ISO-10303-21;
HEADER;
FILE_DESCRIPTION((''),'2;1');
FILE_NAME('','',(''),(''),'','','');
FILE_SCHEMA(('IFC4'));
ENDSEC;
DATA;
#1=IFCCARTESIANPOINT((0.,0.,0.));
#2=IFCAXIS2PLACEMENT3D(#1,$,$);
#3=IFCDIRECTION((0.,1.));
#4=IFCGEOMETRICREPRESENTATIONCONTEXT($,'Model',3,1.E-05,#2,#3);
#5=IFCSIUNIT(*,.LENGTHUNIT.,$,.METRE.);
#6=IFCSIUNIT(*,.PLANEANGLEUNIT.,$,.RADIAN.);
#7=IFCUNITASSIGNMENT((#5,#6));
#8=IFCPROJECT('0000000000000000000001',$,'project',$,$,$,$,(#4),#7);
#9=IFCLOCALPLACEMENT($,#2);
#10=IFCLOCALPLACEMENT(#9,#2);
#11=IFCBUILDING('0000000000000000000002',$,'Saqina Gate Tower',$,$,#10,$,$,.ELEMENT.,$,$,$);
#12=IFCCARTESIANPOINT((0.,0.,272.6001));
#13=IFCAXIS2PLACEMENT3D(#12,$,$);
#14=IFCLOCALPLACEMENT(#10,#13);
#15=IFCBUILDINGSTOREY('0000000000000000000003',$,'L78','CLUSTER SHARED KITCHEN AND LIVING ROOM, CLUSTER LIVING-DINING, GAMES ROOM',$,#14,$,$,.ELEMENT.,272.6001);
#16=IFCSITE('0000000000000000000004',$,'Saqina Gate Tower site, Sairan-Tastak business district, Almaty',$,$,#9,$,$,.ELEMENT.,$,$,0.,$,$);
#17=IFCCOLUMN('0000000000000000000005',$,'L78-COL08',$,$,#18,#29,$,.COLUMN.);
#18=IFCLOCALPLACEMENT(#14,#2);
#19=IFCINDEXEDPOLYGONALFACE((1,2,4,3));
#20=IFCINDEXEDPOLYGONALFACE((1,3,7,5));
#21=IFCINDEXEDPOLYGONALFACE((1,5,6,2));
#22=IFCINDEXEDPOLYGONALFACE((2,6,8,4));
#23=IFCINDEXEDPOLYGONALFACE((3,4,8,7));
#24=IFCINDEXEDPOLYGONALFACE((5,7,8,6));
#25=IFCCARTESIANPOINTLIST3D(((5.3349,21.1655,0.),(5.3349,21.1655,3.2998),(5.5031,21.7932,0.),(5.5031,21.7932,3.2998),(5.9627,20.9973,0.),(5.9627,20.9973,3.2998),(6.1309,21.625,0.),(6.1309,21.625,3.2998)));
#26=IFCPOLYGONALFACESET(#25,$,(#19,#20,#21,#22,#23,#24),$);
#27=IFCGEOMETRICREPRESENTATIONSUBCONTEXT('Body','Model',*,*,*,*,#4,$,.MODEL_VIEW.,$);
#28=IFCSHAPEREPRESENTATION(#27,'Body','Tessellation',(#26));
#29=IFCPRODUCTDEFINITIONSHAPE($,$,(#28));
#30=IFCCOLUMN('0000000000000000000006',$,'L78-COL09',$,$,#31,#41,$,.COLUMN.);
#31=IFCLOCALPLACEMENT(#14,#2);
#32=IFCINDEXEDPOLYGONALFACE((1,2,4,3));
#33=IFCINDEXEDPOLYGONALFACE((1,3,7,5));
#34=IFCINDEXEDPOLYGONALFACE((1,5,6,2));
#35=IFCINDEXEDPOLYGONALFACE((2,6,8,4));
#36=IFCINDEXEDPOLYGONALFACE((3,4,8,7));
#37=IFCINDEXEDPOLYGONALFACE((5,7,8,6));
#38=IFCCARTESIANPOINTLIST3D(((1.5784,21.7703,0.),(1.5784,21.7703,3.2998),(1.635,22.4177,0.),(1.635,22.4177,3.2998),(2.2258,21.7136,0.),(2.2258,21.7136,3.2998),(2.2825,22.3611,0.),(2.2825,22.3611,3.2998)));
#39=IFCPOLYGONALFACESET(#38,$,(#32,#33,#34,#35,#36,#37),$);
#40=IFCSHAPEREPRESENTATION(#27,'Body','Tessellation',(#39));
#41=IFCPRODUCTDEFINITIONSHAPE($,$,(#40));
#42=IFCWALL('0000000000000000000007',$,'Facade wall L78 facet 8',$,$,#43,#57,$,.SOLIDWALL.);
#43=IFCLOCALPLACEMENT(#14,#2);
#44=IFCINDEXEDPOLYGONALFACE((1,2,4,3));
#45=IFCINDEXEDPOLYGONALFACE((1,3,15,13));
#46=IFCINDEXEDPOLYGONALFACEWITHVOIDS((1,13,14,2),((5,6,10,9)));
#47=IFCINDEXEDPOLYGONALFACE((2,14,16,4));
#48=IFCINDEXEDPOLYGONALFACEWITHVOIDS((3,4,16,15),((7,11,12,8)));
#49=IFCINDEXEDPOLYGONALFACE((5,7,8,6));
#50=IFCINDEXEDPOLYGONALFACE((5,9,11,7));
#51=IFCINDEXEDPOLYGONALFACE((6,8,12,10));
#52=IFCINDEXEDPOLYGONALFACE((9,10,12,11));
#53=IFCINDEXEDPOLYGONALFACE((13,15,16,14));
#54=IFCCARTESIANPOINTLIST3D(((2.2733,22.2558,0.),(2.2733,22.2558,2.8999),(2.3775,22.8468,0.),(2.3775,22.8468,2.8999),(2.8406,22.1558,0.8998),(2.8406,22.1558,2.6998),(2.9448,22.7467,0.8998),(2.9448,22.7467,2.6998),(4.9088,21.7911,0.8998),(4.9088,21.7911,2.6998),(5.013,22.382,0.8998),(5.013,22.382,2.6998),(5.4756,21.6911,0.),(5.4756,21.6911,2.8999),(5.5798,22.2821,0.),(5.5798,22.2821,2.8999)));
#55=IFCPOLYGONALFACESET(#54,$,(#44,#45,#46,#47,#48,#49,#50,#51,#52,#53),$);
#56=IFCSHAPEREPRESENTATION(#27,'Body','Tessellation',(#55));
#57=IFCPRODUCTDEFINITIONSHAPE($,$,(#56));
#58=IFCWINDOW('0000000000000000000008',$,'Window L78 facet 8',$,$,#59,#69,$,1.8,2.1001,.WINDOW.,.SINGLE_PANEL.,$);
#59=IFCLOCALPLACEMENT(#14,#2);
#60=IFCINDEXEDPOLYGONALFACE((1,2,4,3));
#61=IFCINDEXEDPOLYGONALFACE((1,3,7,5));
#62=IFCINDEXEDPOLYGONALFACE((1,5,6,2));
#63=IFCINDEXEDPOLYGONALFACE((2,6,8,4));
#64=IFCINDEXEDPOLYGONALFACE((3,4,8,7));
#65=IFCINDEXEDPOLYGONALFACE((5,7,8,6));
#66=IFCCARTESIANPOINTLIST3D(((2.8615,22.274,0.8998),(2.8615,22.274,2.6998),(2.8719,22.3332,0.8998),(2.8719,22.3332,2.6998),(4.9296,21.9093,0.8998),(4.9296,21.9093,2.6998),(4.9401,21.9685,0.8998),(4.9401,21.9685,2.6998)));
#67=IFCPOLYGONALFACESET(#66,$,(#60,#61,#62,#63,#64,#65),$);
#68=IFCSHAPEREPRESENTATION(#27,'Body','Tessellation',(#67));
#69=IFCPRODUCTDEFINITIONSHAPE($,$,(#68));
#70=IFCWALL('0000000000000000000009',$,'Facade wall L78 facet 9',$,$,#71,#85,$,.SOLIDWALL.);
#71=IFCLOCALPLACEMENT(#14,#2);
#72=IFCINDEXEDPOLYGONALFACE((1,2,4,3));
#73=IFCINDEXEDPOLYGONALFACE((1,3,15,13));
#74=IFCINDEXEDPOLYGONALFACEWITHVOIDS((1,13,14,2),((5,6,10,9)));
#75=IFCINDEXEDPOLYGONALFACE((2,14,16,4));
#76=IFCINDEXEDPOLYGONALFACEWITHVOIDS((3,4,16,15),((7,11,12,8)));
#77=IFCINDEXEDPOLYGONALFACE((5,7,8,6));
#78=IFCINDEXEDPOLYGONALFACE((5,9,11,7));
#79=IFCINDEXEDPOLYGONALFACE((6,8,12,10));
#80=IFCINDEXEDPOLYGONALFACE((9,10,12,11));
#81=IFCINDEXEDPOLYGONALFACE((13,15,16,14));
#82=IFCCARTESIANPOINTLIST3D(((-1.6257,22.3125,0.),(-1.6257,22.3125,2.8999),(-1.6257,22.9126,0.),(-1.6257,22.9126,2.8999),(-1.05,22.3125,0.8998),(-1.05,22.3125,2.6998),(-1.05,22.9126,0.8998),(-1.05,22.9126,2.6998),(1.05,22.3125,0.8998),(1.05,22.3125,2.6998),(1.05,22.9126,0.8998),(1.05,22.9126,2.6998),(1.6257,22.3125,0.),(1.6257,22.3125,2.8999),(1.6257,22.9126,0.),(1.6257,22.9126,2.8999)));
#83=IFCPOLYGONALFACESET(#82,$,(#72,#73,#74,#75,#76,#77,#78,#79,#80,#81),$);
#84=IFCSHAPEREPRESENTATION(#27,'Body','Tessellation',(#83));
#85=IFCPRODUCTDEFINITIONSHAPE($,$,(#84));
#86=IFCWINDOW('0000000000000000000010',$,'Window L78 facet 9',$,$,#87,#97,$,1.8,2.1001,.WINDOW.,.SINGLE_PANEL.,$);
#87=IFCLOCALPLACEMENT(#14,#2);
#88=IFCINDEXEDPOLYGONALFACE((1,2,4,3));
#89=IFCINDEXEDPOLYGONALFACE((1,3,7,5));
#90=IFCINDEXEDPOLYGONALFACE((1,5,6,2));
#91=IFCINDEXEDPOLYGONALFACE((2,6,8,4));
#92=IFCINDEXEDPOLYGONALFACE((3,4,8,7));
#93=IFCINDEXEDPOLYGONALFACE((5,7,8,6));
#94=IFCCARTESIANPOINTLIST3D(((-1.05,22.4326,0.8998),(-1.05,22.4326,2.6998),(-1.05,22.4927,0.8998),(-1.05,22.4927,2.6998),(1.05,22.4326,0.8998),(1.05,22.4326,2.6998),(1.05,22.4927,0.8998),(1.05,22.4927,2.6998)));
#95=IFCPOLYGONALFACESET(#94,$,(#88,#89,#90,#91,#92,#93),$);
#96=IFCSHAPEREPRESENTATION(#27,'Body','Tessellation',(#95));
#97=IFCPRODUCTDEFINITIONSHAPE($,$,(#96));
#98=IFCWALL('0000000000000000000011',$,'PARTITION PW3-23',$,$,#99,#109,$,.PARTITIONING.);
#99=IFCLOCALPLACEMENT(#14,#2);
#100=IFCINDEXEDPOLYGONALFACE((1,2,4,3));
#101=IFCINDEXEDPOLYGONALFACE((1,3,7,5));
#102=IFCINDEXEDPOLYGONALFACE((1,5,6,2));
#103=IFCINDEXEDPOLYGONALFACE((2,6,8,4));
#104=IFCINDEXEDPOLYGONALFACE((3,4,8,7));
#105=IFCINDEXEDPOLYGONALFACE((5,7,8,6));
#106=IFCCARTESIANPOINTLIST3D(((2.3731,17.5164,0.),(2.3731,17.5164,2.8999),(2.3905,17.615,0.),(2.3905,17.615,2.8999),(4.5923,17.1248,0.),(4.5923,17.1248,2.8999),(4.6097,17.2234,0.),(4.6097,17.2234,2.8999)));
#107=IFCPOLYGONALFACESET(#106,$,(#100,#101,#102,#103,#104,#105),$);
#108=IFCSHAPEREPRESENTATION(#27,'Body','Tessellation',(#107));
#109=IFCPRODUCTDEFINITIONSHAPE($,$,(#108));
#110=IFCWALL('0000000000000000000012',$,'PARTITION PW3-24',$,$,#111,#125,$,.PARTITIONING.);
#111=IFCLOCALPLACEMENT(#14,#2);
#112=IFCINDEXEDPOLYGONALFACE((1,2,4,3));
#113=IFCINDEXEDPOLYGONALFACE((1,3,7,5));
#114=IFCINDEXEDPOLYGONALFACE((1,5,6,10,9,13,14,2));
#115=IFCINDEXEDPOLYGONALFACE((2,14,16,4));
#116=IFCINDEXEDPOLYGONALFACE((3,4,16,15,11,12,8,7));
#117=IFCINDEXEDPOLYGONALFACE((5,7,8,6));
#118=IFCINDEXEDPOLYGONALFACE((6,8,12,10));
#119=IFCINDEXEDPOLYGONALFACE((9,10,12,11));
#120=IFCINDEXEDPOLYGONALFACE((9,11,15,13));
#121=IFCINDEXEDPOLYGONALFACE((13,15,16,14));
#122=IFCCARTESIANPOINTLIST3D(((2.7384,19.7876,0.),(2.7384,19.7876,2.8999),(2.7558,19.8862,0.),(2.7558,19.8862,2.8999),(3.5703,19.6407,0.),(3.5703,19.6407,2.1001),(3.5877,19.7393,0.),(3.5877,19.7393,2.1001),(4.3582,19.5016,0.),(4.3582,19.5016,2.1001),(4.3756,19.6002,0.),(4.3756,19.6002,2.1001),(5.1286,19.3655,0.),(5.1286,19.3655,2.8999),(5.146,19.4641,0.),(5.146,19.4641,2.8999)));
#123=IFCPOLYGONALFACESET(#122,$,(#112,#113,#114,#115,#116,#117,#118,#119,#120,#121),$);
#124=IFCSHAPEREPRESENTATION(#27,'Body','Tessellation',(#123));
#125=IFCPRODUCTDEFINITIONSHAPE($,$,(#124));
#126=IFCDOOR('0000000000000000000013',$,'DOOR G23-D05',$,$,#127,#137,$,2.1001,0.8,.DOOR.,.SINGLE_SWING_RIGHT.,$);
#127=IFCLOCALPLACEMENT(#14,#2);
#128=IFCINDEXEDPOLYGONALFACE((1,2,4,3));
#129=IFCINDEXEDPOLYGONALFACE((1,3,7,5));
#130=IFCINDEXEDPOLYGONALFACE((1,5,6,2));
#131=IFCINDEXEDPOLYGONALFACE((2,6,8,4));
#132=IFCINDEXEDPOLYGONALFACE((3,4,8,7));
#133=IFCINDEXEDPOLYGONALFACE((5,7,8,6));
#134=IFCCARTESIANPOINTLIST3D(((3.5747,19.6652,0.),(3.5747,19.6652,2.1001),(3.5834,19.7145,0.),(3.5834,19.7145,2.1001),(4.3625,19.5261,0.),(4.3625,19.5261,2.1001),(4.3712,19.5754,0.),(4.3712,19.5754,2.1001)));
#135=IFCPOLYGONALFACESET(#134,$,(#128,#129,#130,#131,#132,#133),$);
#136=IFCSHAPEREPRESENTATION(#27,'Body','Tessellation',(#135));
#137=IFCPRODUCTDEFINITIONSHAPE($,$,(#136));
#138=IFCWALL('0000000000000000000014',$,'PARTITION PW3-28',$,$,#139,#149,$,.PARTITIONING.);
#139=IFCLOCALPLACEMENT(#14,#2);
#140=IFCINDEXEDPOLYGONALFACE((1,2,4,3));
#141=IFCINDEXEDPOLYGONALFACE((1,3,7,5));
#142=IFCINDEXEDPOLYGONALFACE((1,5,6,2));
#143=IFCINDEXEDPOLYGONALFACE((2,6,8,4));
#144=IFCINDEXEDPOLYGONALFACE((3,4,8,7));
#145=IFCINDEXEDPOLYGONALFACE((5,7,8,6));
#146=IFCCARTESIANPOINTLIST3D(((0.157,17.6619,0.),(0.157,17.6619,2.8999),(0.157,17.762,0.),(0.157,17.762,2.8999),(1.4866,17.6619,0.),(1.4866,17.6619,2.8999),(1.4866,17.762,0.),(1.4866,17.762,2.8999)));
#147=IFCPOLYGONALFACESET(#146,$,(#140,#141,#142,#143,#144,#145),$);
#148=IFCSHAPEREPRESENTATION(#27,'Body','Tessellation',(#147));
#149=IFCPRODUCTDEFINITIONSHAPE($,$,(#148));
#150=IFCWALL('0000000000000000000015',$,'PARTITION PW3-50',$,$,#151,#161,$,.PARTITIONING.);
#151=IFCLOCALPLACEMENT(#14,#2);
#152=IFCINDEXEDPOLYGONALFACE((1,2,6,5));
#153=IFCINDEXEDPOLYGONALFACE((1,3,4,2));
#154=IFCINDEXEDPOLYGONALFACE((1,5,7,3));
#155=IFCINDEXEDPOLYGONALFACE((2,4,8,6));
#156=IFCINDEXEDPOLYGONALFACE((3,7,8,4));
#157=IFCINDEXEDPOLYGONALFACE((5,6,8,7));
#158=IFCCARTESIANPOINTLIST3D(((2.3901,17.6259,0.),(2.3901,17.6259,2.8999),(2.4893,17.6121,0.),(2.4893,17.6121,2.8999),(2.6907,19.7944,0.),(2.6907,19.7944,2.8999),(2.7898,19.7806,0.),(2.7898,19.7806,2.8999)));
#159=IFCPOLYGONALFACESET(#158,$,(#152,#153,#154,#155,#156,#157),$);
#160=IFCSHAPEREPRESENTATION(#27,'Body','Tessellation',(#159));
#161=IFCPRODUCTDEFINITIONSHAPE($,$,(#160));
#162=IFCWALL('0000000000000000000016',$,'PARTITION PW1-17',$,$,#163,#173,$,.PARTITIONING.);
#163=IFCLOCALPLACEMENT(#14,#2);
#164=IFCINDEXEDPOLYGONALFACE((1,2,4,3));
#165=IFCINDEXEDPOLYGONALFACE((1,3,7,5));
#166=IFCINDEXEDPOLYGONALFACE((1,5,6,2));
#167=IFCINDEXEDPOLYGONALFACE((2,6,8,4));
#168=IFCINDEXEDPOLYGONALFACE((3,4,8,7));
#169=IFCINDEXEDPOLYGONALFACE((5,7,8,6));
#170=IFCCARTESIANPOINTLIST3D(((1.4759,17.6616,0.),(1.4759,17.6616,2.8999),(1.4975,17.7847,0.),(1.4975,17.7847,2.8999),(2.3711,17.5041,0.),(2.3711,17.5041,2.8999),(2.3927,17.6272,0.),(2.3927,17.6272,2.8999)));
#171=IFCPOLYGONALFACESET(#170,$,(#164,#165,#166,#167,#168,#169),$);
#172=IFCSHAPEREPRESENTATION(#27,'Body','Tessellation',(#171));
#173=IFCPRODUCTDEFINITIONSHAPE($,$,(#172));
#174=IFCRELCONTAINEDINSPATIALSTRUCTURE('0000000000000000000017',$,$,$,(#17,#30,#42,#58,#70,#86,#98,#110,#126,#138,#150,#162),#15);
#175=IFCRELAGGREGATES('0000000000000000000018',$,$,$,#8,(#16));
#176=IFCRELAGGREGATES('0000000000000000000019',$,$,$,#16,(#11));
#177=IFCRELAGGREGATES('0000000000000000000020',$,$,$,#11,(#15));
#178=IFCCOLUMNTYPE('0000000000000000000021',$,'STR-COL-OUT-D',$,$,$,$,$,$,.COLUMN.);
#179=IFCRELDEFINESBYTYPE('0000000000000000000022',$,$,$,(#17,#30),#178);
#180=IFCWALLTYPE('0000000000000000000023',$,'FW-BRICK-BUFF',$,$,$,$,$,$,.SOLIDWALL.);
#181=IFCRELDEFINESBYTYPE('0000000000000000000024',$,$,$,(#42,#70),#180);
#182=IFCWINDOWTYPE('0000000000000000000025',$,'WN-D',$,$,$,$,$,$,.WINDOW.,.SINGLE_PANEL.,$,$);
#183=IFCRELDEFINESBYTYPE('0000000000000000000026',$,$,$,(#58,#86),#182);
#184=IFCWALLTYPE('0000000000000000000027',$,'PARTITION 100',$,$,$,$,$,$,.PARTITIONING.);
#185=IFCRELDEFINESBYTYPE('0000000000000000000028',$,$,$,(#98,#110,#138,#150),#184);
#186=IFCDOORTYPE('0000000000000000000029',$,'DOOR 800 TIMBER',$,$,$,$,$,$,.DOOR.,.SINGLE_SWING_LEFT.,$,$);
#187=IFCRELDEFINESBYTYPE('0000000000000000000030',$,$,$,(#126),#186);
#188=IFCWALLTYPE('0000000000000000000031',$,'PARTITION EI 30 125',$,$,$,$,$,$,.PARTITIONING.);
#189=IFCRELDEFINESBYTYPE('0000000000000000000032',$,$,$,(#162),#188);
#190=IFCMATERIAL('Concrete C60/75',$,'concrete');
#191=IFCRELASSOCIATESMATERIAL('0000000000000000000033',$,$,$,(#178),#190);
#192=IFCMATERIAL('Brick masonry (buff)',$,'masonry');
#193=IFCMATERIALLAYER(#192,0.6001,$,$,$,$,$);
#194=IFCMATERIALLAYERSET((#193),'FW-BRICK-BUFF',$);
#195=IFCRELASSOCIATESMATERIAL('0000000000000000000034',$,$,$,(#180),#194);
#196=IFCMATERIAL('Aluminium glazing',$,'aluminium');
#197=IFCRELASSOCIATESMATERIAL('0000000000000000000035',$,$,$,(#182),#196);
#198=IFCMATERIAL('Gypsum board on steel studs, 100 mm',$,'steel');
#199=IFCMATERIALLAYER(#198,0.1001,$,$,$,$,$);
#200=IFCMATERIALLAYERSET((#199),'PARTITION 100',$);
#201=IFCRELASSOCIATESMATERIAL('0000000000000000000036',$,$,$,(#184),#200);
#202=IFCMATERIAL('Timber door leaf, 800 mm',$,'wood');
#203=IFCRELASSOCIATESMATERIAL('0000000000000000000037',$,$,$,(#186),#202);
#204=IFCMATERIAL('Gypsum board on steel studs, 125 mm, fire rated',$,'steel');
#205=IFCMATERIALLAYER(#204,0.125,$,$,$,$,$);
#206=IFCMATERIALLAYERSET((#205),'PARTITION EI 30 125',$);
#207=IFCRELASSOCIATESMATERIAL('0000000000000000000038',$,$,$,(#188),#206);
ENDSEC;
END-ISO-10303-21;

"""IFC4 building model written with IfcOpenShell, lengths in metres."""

from ifc_helpers import new_model, si_unit, direction, frame, frame_2d, origin, origin_2d, place, context, subcontext, project, spatial, rectangle, extrude, material, layer, layer_set, material_profile, profile_set, type_object, element, fill, save


model = new_model("IFC4")

# Units and contexts
model_context = context("Model", 3, precision=1e-05, world=origin(), true_north=direction((0.0, 1.0)))
body_context = subcontext(model_context, "Body", "Model", "MODEL_VIEW")
ifc_project = project(units=[si_unit("LENGTHUNIT", "METRE"), si_unit("PLANEANGLEUNIT", "RADIAN")], contexts=[model_context])

# Site, building, storey
site_placement = place(None, origin())
site = spatial("IfcSite", under=ifc_project, at=site_placement, Name="Saqina Gate Tower site, Sairan-Tastak business district, Almaty", CompositionType="ELEMENT", RefElevation=0.0)
building_placement = place(site_placement, origin())
building = spatial("IfcBuilding", under=site, at=building_placement, Name="Saqina Gate Tower", CompositionType="ELEMENT")
storey_placement = place(building_placement, frame((0.0, 0.0, 272.6001)))
storey = spatial("IfcBuildingStorey", under=building, at=storey_placement, Name="L78", Description="CLUSTER SHARED KITCHEN AND LIVING ROOM, CLUSTER LIVING-DINING, GAMES ROOM", CompositionType="ELEMENT", Elevation=272.6001)

# Columns
ifc_material_1 = material(Name="Concrete C60/75", Category="concrete")
ifc_material_profile = material_profile(ifc_material_1, rectangle(XDim=0.6499, YDim=0.6499, at=origin_2d()), Name="RC 650x650")
ifc_profile_set = profile_set([ifc_material_profile], Name="Concrete C60/75")
column_type = type_object("IfcColumnType", Name="STR-COL-OUT-D", PredefinedType="COLUMN", material=ifc_profile_set)
for number, where, z_axis, x_axis, name in (
    (1, (5.7329, 21.3953, 0.0), (0.0, 0.0, 1.0), (0.258819, 0.965926, 0.0), "L78-COL08"),
    (2, (1.9304, 22.0657, 0.0), (0.0, 0.0, 1.0), (0.087156, 0.996195, 0.0), "L78-COL09"),
):
    element("IfcColumn", number, at=place(storey_placement, frame(where, z_axis=z_axis, x_axis=x_axis)), inside=storey, type_object=column_type, Name=name, PredefinedType="COLUMN", context=body_context, shape_type="SweptSolid", body=[
        extrude(rectangle(XDim=0.6499, YDim=0.6499, at=origin_2d()), origin(), (0.0, 0.0, 1.0), 3.2998),
    ])

# Walls, openings, windows
ifc_material_2 = material(Name="Brick masonry (buff)", Category="masonry")
ifc_layer_1 = layer(ifc_material_2, 0.6001)
ifc_layer_set_1 = layer_set([ifc_layer_1], Name="FW-BRICK-BUFF")
wall_type_1 = type_object("IfcWallType", Name="FW-BRICK-BUFF", PredefinedType="SOLIDWALL", material=ifc_layer_set_1)
wall_1_placement = place(storey_placement, frame((5.5278, 21.9866, 0.0), z_axis=(0.0, 0.0, 1.0), x_axis=(-0.984806, 0.173657, 0.0)))
wall_1 = element("IfcWall", 3, at=wall_1_placement, inside=storey, type_object=wall_type_1, Name="Facade wall L78 facet 8", PredefinedType="SOLIDWALL", context=body_context, shape_type="SweptSolid", body=[
    extrude(rectangle(XDim=3.2517, YDim=0.6001, at=frame_2d((1.626, 0.0))), origin(), (0.0, 0.0, 1.0), 2.8999),
])
opening_1_placement = place(wall_1_placement, frame((0.5757, 0.0, 0.8999)))
opening_1 = element("IfcOpeningElement", 4, at=opening_1_placement, cuts=wall_1, PredefinedType="OPENING", context=body_context, shape_type="SweptSolid", body=[
    extrude(rectangle(XDim=2.1001, YDim=1.8, at=frame_2d((1.05, 0.8999))), frame((0.0, 0.312, 0.0), z_axis=(0.0, -1.0, 0.0), x_axis=(1.0, 0.0, 0.0)), (0.0, 0.0, 1.0), 0.624),
])
ifc_material_3 = material(Name="Aluminium glazing", Category="aluminium")
window_type = type_object("IfcWindowType", Name="WN-D", PartitioningType="SINGLE_PANEL", PredefinedType="WINDOW", material=ifc_material_3)
window_1_placement = place(opening_1_placement, origin())
window_1 = element("IfcWindow", 5, at=window_1_placement, inside=storey, type_object=window_type, Name="Window L78 facet 8", OverallHeight=1.8, OverallWidth=2.1001, PartitioningType="SINGLE_PANEL", PredefinedType="WINDOW", context=body_context, shape_type="SweptSolid", body=[
    extrude(rectangle(XDim=2.1001, YDim=1.8, at=frame_2d((1.05, 0.8999))), frame((0.0, 0.1799, 0.0), z_axis=(0.0, -1.0, 0.0), x_axis=(1.0, 0.0, 0.0)), (0.0, 0.0, 1.0), 0.0601),
])
fill(opening_1, window_1)
wall_2_placement = place(storey_placement, frame((1.6257, 22.6125, 0.0), z_axis=(0.0, 0.0, 1.0), x_axis=(-1.0, 0.0, 0.0)))
wall_2 = element("IfcWall", 6, at=wall_2_placement, inside=storey, type_object=wall_type_1, Name="Facade wall L78 facet 9", PredefinedType="SOLIDWALL", context=body_context, shape_type="SweptSolid", body=[
    extrude(rectangle(XDim=3.2515, YDim=0.6001, at=frame_2d((1.6257, 0.0))), origin(), (0.0, 0.0, 1.0), 2.8999),
])
opening_2_placement = place(wall_2_placement, frame((0.5757, 0.0, 0.8999)))
opening_2 = element("IfcOpeningElement", 7, at=opening_2_placement, cuts=wall_2, PredefinedType="OPENING", context=body_context, shape_type="SweptSolid", body=[
    extrude(rectangle(XDim=2.1001, YDim=1.8, at=frame_2d((1.05, 0.8999))), frame((0.0, 0.312, 0.0), z_axis=(0.0, -1.0, 0.0), x_axis=(1.0, 0.0, 0.0)), (0.0, 0.0, 1.0), 0.624),
])
window_2_placement = place(opening_2_placement, origin())
window_2 = element("IfcWindow", 8, at=window_2_placement, inside=storey, type_object=window_type, Name="Window L78 facet 9", OverallHeight=1.8, OverallWidth=2.1001, PartitioningType="SINGLE_PANEL", PredefinedType="WINDOW", context=body_context, shape_type="SweptSolid", body=[
    extrude(rectangle(XDim=2.1001, YDim=1.8, at=frame_2d((1.05, 0.8999))), frame((0.0, 0.1799, 0.0), z_axis=(0.0, -1.0, 0.0), x_axis=(1.0, 0.0, 0.0)), (0.0, 0.0, 1.0), 0.0601),
])
fill(opening_2, window_2)

# Wall
ifc_material_4 = material(Name="Gypsum board on steel studs, 100 mm", Category="steel")
ifc_layer_2 = layer(ifc_material_4, 0.1001)
ifc_layer_set_2 = layer_set([ifc_layer_2], Name="PARTITION 100")
wall_type_2 = type_object("IfcWallType", Name="PARTITION 100", PredefinedType="PARTITIONING", material=ifc_layer_set_2)
wall_3_placement = place(storey_placement, frame((2.3818, 17.5657, 0.0), z_axis=(0.0, 0.0, 1.0), x_axis=(0.984786, -0.173773, 0.0)))
element("IfcWall", 9, at=wall_3_placement, inside=storey, type_object=wall_type_2, Name="PARTITION PW3-23", PredefinedType="PARTITIONING", context=body_context, shape_type="SweptSolid", body=[
    extrude(rectangle(XDim=2.2534, YDim=0.1001, at=frame_2d((1.1267, 0.0))), origin(), (0.0, 0.0, 1.0), 2.8999),
])

# Wall, opening, door
wall_4_placement = place(storey_placement, frame((2.7471, 19.8369, 0.0), z_axis=(0.0, 0.0, 1.0), x_axis=(0.984763, -0.1739, 0.0)))
wall_4 = element("IfcWall", 10, at=wall_4_placement, inside=storey, type_object=wall_type_2, Name="PARTITION PW3-24", PredefinedType="PARTITIONING", context=body_context, shape_type="SweptSolid", body=[
    extrude(rectangle(XDim=2.4272, YDim=0.1001, at=frame_2d((1.2136, 0.0))), origin(), (0.0, 0.0, 1.0), 2.8999),
])
opening_3_placement = place(wall_4_placement, frame((0.845, 0.0, 0.0)))
opening_3 = element("IfcOpeningElement", 11, at=opening_3_placement, cuts=wall_4, PredefinedType="OPENING", context=body_context, shape_type="SweptSolid", body=[
    extrude(rectangle(XDim=0.8, YDim=2.1001, at=frame_2d((0.3999, 1.05))), frame((0.0, 0.062, 0.0), z_axis=(0.0, -1.0, 0.0), x_axis=(1.0, 0.0, 0.0)), (0.0, 0.0, 1.0), 0.124),
])
ifc_material_5 = material(Name="Timber door leaf, 800 mm", Category="wood")
door_type_1 = type_object("IfcDoorType", Name="DOOR 800 TIMBER", OperationType="SINGLE_SWING_LEFT", PredefinedType="DOOR", material=ifc_material_5)
door_1_placement = place(opening_3_placement, origin())
door_1 = element("IfcDoor", 12, at=door_1_placement, inside=storey, type_object=door_type_1, Name="DOOR G23-D05", OperationType="SINGLE_SWING_RIGHT", OverallHeight=2.1001, OverallWidth=0.8, PredefinedType="DOOR", context=body_context, shape_type="SweptSolid", body=[
    extrude(rectangle(XDim=0.8, YDim=2.1001, at=frame_2d((0.3999, 1.05))), frame((0.0, 0.0249, 0.0), z_axis=(0.0, -1.0, 0.0), x_axis=(1.0, 0.0, 0.0)), (0.0, 0.0, 1.0), 0.05),
])
fill(opening_3, door_1)

# Walls
wall_5_placement = place(storey_placement, frame((0.157, 17.7119, 0.0), z_axis=(0.0, 0.0, 1.0), x_axis=(1.0, 0.0, 0.0)))
element("IfcWall", 13, at=wall_5_placement, inside=storey, type_object=wall_type_2, Name="PARTITION PW3-28", PredefinedType="PARTITIONING", context=body_context, shape_type="SweptSolid", body=[
    extrude(rectangle(XDim=1.3296, YDim=0.1001, at=frame_2d((0.6648, 0.0))), origin(), (0.0, 0.0, 1.0), 2.8999),
])
wall_6_placement = place(storey_placement, frame((2.4397, 17.6189, 0.0), z_axis=(0.0, 0.0, 1.0), x_axis=(0.137283, 0.990532, 0.0)))
element("IfcWall", 14, at=wall_6_placement, inside=storey, type_object=wall_type_2, Name="PARTITION PW3-50", PredefinedType="PARTITIONING", context=body_context, shape_type="SweptSolid", body=[
    extrude(rectangle(XDim=2.1892, YDim=0.1001, at=frame_2d((1.0947, 0.0))), origin(), (0.0, 0.0, 1.0), 2.8999),
])
ifc_material_6 = material(Name="Gypsum board on steel studs, 125 mm, fire rated", Category="steel")
ifc_layer_3 = layer(ifc_material_6, 0.125)
ifc_layer_set_3 = layer_set([ifc_layer_3], Name="PARTITION EI 30 125")
wall_type_3 = type_object("IfcWallType", Name="PARTITION EI 30 125", PredefinedType="PARTITIONING", material=ifc_layer_set_3)
wall_7_placement = place(storey_placement, frame((1.4866, 17.7231, 0.0), z_axis=(0.0, 0.0, 1.0), x_axis=(0.984881, -0.173234, 0.0)))
element("IfcWall", 15, at=wall_7_placement, inside=storey, type_object=wall_type_3, Name="PARTITION PW1-17", PredefinedType="PARTITIONING", context=body_context, shape_type="SweptSolid", body=[
    extrude(rectangle(XDim=0.9089, YDim=0.125, at=frame_2d((0.4546, 0.0))), origin(), (0.0, 0.0, 1.0), 2.8999),
])

save(model, "model.ifc")
